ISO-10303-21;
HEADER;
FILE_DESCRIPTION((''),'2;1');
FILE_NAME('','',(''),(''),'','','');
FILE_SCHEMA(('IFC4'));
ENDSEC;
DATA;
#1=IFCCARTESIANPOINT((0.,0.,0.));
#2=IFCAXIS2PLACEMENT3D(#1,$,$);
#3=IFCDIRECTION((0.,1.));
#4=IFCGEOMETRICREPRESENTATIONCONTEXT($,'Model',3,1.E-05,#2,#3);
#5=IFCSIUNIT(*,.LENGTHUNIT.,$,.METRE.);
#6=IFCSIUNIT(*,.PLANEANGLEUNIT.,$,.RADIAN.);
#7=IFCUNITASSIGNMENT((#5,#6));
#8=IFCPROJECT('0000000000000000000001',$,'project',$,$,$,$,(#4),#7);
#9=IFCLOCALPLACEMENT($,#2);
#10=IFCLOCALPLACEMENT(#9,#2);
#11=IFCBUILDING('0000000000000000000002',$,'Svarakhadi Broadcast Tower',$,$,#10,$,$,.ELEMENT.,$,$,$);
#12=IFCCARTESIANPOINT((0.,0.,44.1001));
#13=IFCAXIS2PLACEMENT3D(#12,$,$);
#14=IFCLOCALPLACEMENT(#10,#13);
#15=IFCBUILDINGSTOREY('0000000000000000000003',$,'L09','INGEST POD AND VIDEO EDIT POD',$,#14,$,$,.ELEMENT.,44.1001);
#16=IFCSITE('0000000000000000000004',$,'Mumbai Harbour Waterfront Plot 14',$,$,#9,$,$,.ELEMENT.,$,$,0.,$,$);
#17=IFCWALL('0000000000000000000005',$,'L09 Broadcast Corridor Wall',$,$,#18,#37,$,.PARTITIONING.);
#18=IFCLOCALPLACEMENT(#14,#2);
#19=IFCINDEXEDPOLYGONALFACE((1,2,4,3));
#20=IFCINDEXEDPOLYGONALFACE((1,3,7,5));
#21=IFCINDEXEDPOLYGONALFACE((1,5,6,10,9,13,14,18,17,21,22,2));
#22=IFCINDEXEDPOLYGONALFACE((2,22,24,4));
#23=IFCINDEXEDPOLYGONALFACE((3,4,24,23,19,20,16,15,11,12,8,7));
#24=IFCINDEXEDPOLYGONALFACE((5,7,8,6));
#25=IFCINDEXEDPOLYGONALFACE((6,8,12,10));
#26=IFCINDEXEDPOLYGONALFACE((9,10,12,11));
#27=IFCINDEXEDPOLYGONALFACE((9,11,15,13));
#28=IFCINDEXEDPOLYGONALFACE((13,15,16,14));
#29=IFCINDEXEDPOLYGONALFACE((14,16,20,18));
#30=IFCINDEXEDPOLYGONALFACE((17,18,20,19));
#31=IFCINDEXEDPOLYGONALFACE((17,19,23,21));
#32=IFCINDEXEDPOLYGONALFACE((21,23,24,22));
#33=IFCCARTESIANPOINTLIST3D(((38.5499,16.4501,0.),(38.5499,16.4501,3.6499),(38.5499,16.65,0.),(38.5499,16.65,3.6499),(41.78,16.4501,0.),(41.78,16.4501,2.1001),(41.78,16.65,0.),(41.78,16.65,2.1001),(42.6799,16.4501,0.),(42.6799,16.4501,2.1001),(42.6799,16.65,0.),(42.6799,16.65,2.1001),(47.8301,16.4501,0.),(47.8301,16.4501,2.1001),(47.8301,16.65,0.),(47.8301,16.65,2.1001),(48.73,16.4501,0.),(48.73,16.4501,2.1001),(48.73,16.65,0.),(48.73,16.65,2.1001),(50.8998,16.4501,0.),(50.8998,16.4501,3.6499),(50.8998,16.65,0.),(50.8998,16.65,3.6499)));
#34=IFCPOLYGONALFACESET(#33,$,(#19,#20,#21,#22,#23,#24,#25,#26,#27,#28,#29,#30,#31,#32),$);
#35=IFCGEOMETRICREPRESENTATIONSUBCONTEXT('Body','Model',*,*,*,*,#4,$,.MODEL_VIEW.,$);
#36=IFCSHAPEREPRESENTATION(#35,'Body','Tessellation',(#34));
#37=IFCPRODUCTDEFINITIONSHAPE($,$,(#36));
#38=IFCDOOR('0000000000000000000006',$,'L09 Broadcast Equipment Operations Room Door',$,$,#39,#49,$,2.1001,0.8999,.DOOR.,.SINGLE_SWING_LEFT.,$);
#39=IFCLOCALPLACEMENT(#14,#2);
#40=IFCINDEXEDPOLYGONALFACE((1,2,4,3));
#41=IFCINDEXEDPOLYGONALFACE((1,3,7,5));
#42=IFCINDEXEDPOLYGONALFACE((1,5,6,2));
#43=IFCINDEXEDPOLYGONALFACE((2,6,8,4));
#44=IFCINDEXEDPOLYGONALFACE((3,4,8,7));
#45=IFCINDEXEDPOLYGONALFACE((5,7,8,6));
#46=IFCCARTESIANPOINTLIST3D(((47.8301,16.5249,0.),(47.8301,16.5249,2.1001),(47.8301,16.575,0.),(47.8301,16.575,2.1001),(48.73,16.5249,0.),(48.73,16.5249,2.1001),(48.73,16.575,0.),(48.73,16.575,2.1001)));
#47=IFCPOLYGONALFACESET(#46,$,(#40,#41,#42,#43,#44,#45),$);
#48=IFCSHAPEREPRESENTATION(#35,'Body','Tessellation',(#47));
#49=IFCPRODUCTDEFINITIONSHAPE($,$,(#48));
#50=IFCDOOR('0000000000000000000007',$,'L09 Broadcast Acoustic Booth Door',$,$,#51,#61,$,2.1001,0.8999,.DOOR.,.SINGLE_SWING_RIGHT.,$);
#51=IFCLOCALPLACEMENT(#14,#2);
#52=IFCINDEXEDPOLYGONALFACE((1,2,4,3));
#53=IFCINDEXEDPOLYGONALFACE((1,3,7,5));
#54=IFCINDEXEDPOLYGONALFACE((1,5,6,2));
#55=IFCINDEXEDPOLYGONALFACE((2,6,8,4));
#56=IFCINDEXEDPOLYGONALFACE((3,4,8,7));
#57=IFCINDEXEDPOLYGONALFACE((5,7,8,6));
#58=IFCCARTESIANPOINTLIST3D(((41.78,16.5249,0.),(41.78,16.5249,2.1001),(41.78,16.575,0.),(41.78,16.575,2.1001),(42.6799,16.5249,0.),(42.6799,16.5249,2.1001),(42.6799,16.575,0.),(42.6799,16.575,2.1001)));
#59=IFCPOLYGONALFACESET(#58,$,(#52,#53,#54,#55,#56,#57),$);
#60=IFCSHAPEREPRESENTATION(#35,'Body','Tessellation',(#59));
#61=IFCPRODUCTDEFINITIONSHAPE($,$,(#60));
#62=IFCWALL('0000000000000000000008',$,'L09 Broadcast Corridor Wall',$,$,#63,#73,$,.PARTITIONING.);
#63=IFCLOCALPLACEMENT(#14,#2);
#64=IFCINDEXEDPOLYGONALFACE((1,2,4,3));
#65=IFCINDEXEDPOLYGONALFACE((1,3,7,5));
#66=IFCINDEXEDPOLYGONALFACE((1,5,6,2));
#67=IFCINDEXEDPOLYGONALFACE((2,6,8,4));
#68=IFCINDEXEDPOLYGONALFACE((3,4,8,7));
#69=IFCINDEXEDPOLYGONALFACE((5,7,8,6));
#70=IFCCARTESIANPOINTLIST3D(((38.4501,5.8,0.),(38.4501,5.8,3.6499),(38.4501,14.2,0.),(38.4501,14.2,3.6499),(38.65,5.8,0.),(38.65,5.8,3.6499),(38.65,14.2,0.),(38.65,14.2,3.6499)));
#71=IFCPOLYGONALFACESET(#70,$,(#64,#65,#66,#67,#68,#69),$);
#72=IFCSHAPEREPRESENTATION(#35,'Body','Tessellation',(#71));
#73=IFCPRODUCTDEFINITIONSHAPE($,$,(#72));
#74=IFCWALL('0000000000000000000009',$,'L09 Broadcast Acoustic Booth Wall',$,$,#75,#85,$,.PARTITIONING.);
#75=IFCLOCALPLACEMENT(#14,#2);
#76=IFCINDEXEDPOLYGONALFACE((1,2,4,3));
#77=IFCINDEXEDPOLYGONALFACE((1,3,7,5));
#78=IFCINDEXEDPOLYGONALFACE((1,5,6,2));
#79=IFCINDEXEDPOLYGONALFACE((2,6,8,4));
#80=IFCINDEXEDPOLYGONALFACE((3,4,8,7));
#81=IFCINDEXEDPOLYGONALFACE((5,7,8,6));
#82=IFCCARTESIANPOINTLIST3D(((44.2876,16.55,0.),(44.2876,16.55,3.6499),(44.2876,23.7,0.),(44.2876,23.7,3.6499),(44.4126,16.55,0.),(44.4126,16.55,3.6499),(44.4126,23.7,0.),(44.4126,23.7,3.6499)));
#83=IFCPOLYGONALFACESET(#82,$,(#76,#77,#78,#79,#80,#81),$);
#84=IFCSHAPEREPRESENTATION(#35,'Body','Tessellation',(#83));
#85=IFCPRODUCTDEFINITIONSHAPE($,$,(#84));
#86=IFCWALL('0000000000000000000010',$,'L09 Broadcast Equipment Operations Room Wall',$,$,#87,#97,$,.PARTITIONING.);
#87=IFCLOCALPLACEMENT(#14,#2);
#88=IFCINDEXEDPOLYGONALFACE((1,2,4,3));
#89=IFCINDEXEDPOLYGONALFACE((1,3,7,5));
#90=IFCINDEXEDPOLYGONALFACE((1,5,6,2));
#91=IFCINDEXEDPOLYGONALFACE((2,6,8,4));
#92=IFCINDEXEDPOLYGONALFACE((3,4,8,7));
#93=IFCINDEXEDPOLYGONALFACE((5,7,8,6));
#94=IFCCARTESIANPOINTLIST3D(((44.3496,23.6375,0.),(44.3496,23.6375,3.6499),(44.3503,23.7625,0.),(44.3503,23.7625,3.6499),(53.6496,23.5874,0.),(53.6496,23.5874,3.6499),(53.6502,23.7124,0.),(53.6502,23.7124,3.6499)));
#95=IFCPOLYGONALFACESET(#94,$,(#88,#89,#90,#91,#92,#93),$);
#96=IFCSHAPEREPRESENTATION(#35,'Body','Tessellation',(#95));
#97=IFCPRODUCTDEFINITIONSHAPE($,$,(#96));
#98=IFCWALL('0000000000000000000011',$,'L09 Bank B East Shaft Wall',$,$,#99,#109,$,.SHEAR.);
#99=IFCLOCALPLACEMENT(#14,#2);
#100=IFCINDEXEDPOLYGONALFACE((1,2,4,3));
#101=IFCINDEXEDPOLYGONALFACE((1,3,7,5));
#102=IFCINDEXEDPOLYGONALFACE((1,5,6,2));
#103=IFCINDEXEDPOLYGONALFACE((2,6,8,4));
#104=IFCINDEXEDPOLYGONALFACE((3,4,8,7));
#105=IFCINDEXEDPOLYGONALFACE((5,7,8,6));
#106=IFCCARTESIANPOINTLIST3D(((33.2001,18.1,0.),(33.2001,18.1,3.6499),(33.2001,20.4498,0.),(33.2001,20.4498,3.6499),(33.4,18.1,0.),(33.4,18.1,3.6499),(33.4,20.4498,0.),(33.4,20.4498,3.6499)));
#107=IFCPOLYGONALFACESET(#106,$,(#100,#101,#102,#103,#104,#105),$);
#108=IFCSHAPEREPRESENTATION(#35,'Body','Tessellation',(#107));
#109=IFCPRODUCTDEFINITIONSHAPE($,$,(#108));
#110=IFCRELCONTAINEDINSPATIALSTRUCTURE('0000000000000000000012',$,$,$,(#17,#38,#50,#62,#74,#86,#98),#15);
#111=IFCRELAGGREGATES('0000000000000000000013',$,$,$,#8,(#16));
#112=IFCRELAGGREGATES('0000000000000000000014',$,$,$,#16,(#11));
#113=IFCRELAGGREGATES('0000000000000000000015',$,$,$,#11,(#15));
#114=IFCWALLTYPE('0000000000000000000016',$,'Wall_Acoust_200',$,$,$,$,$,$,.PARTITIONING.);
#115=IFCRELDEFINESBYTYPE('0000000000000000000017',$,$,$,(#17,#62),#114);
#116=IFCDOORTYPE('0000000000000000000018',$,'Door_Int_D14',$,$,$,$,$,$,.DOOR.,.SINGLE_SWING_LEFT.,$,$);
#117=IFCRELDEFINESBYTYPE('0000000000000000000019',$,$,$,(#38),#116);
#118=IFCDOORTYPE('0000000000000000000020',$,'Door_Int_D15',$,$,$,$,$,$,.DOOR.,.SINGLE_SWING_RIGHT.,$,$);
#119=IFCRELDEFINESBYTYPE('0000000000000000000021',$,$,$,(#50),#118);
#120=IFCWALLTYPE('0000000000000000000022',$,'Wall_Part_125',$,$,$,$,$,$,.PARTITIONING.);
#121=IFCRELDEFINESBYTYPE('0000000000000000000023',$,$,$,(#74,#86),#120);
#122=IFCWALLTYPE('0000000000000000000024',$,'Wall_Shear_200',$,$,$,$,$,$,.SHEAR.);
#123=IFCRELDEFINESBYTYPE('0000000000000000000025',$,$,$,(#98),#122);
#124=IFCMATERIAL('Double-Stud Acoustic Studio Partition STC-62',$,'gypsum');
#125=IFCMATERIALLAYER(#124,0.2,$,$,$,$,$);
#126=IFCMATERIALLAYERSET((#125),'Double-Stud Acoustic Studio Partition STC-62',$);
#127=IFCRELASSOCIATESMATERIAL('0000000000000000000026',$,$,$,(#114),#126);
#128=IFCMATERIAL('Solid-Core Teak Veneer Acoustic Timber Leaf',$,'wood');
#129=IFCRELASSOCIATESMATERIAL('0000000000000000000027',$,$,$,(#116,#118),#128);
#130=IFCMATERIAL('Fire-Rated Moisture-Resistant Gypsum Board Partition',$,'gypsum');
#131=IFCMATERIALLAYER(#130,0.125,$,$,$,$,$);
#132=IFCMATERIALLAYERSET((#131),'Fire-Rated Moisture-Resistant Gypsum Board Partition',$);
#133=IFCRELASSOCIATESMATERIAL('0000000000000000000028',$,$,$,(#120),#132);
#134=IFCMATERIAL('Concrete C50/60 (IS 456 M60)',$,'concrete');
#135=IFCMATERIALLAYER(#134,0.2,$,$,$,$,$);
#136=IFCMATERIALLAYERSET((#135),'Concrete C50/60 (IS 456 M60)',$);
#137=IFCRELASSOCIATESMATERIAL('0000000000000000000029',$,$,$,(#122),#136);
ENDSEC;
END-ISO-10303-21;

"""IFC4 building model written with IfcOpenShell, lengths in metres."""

from ifc_helpers import new_model, si_unit, direction, frame, frame_2d, origin, place, context, subcontext, project, spatial, rectangle, extrude, material, layer, layer_set, type_object, element, fill, save


model = new_model("IFC4")

# Units and contexts
model_context = context("Model", 3, precision=1e-05, world=origin(), true_north=direction((0.0, 1.0)))
body_context = subcontext(model_context, "Body", "Model", "MODEL_VIEW")
ifc_project = project(units=[si_unit("LENGTHUNIT", "METRE"), si_unit("PLANEANGLEUNIT", "RADIAN")], contexts=[model_context])

# Site, building, storey
site_placement = place(None, origin())
site = spatial("IfcSite", under=ifc_project, at=site_placement, Name="Mumbai Harbour Waterfront Plot 14", CompositionType="ELEMENT", RefElevation=0.0)
building_placement = place(site_placement, origin())
building = spatial("IfcBuilding", under=site, at=building_placement, Name="Svarakhadi Broadcast Tower", CompositionType="ELEMENT")
storey_placement = place(building_placement, frame((0.0, 0.0, 44.1001)))
storey = spatial("IfcBuildingStorey", under=building, at=storey_placement, Name="L09", Description="INGEST POD AND VIDEO EDIT POD", CompositionType="ELEMENT", Elevation=44.1001)

# Shared definitions
ifc_material_1 = material(Name="Double-Stud Acoustic Studio Partition STC-62", Category="gypsum")
ifc_layer_1 = layer(ifc_material_1, 0.2)
ifc_layer_set_1 = layer_set([ifc_layer_1], Name="Double-Stud Acoustic Studio Partition STC-62")
wall_type_1 = type_object("IfcWallType", Name="Wall_Acoust_200", PredefinedType="PARTITIONING", material=ifc_layer_set_1)

# Wall, openings, doors
wall_1_placement = place(storey_placement, frame((38.55, 16.55, 0.0), z_axis=(0.0, 0.0, 1.0), x_axis=(1.0, 0.0, 0.0)))
wall_1 = element("IfcWall", 1, at=wall_1_placement, inside=storey, type_object=wall_type_1, Name="L09 Broadcast Corridor Wall", PredefinedType="PARTITIONING", context=body_context, shape_type="SweptSolid", body=[
    extrude(rectangle(XDim=12.3499, YDim=0.2, at=frame_2d((6.1748, 0.0))), origin(), (0.0, 0.0, 1.0), 3.6499),
])
opening_1_placement = place(wall_1_placement, frame((3.23, 0.0, 0.0)))
opening_1 = element("IfcOpeningElement", 2, at=opening_1_placement, cuts=wall_1, PredefinedType="OPENING", context=body_context, shape_type="SweptSolid", body=[
    extrude(rectangle(XDim=0.8999, YDim=2.1001, at=frame_2d((0.45, 1.05))), frame((0.0, 0.1099, 0.0), z_axis=(0.0, -1.0, 0.0), x_axis=(1.0, 0.0, 0.0)), (0.0, 0.0, 1.0), 0.22),
])
opening_2_placement = place(wall_1_placement, frame((9.28, 0.0, 0.0)))
opening_2 = element("IfcOpeningElement", 3, at=opening_2_placement, cuts=wall_1, PredefinedType="OPENING", context=body_context, shape_type="SweptSolid", body=[
    extrude(rectangle(XDim=0.8999, YDim=2.1001, at=frame_2d((0.45, 1.05))), frame((0.0, 0.1099, 0.0), z_axis=(0.0, -1.0, 0.0), x_axis=(1.0, 0.0, 0.0)), (0.0, 0.0, 1.0), 0.22),
])
ifc_material_2 = material(Name="Solid-Core Teak Veneer Acoustic Timber Leaf", Category="wood")
door_type_1 = type_object("IfcDoorType", Name="Door_Int_D14", OperationType="SINGLE_SWING_LEFT", PredefinedType="DOOR", material=ifc_material_2)
door_1_placement = place(opening_2_placement, origin())
door_1 = element("IfcDoor", 4, at=door_1_placement, inside=storey, type_object=door_type_1, Name="L09 Broadcast Equipment Operations Room Door", OperationType="SINGLE_SWING_LEFT", OverallHeight=2.1001, OverallWidth=0.8999, PredefinedType="DOOR", context=body_context, shape_type="SweptSolid", body=[
    extrude(rectangle(XDim=0.8999, YDim=2.1001, at=frame_2d((0.45, 1.05))), frame((0.0, 0.0249, 0.0), z_axis=(0.0, -1.0, 0.0), x_axis=(1.0, 0.0, 0.0)), (0.0, 0.0, 1.0), 0.05),
])
fill(opening_2, door_1)
door_type_2 = type_object("IfcDoorType", Name="Door_Int_D15", OperationType="SINGLE_SWING_RIGHT", PredefinedType="DOOR", material=ifc_material_2)
door_2_placement = place(opening_1_placement, origin())
door_2 = element("IfcDoor", 5, at=door_2_placement, inside=storey, type_object=door_type_2, Name="L09 Broadcast Acoustic Booth Door", OperationType="SINGLE_SWING_RIGHT", OverallHeight=2.1001, OverallWidth=0.8999, PredefinedType="DOOR", context=body_context, shape_type="SweptSolid", body=[
    extrude(rectangle(XDim=0.8999, YDim=2.1001, at=frame_2d((0.45, 1.05))), frame((0.0, 0.0249, 0.0), z_axis=(0.0, -1.0, 0.0), x_axis=(1.0, 0.0, 0.0)), (0.0, 0.0, 1.0), 0.05),
])
fill(opening_1, door_2)

# Walls
wall_2_placement = place(storey_placement, frame((38.55, 14.2, 0.0), z_axis=(0.0, 0.0, 1.0), x_axis=(0.0, -1.0, 0.0)))
element("IfcWall", 6, at=wall_2_placement, inside=storey, type_object=wall_type_1, Name="L09 Broadcast Corridor Wall", PredefinedType="PARTITIONING", context=body_context, shape_type="SweptSolid", body=[
    extrude(rectangle(XDim=8.3999, YDim=0.2, at=frame_2d((4.2, 0.0))), origin(), (0.0, 0.0, 1.0), 3.6499),
])
ifc_material_3 = material(Name="Fire-Rated Moisture-Resistant Gypsum Board Partition", Category="gypsum")
ifc_layer_2 = layer(ifc_material_3, 0.125)
ifc_layer_set_2 = layer_set([ifc_layer_2], Name="Fire-Rated Moisture-Resistant Gypsum Board Partition")
wall_type_2 = type_object("IfcWallType", Name="Wall_Part_125", PredefinedType="PARTITIONING", material=ifc_layer_set_2)
wall_3_placement = place(storey_placement, frame((44.3501, 16.55, 0.0), z_axis=(0.0, 0.0, 1.0), x_axis=(0.0, 1.0, 0.0)))
element("IfcWall", 7, at=wall_3_placement, inside=storey, type_object=wall_type_2, Name="L09 Broadcast Acoustic Booth Wall", PredefinedType="PARTITIONING", context=body_context, shape_type="SweptSolid", body=[
    extrude(rectangle(XDim=7.1499, YDim=0.125, at=frame_2d((3.575, 0.0))), origin(), (0.0, 0.0, 1.0), 3.6499),
])
wall_4_placement = place(storey_placement, frame((44.3501, 23.7, 0.0), z_axis=(0.0, 0.0, 1.0), x_axis=(0.999986, -0.005382, 0.0)))
element("IfcWall", 8, at=wall_4_placement, inside=storey, type_object=wall_type_2, Name="L09 Broadcast Equipment Operations Room Wall", PredefinedType="PARTITIONING", context=body_context, shape_type="SweptSolid", body=[
    extrude(rectangle(XDim=9.3, YDim=0.125, at=frame_2d((4.6499, 0.0))), origin(), (0.0, 0.0, 1.0), 3.6499),
])
ifc_material_4 = material(Name="Concrete C50/60 (IS 456 M60)", Category="concrete")
ifc_layer_3 = layer(ifc_material_4, 0.2)
ifc_layer_set_3 = layer_set([ifc_layer_3], Name="Concrete C50/60 (IS 456 M60)")
wall_type_3 = type_object("IfcWallType", Name="Wall_Shear_200", PredefinedType="SHEAR", material=ifc_layer_set_3)
wall_5_placement = place(storey_placement, frame((33.3, 18.1001, 0.0), z_axis=(0.0, 0.0, 1.0), x_axis=(0.0, 1.0, 0.0)))
element("IfcWall", 9, at=wall_5_placement, inside=storey, type_object=wall_type_3, Name="L09 Bank B East Shaft Wall", PredefinedType="SHEAR", context=body_context, shape_type="SweptSolid", body=[
    extrude(rectangle(XDim=2.3499, YDim=0.2, at=frame_2d((1.1748, 0.0))), origin(), (0.0, 0.0, 1.0), 3.6499),
])

save(model, "model.ifc")
